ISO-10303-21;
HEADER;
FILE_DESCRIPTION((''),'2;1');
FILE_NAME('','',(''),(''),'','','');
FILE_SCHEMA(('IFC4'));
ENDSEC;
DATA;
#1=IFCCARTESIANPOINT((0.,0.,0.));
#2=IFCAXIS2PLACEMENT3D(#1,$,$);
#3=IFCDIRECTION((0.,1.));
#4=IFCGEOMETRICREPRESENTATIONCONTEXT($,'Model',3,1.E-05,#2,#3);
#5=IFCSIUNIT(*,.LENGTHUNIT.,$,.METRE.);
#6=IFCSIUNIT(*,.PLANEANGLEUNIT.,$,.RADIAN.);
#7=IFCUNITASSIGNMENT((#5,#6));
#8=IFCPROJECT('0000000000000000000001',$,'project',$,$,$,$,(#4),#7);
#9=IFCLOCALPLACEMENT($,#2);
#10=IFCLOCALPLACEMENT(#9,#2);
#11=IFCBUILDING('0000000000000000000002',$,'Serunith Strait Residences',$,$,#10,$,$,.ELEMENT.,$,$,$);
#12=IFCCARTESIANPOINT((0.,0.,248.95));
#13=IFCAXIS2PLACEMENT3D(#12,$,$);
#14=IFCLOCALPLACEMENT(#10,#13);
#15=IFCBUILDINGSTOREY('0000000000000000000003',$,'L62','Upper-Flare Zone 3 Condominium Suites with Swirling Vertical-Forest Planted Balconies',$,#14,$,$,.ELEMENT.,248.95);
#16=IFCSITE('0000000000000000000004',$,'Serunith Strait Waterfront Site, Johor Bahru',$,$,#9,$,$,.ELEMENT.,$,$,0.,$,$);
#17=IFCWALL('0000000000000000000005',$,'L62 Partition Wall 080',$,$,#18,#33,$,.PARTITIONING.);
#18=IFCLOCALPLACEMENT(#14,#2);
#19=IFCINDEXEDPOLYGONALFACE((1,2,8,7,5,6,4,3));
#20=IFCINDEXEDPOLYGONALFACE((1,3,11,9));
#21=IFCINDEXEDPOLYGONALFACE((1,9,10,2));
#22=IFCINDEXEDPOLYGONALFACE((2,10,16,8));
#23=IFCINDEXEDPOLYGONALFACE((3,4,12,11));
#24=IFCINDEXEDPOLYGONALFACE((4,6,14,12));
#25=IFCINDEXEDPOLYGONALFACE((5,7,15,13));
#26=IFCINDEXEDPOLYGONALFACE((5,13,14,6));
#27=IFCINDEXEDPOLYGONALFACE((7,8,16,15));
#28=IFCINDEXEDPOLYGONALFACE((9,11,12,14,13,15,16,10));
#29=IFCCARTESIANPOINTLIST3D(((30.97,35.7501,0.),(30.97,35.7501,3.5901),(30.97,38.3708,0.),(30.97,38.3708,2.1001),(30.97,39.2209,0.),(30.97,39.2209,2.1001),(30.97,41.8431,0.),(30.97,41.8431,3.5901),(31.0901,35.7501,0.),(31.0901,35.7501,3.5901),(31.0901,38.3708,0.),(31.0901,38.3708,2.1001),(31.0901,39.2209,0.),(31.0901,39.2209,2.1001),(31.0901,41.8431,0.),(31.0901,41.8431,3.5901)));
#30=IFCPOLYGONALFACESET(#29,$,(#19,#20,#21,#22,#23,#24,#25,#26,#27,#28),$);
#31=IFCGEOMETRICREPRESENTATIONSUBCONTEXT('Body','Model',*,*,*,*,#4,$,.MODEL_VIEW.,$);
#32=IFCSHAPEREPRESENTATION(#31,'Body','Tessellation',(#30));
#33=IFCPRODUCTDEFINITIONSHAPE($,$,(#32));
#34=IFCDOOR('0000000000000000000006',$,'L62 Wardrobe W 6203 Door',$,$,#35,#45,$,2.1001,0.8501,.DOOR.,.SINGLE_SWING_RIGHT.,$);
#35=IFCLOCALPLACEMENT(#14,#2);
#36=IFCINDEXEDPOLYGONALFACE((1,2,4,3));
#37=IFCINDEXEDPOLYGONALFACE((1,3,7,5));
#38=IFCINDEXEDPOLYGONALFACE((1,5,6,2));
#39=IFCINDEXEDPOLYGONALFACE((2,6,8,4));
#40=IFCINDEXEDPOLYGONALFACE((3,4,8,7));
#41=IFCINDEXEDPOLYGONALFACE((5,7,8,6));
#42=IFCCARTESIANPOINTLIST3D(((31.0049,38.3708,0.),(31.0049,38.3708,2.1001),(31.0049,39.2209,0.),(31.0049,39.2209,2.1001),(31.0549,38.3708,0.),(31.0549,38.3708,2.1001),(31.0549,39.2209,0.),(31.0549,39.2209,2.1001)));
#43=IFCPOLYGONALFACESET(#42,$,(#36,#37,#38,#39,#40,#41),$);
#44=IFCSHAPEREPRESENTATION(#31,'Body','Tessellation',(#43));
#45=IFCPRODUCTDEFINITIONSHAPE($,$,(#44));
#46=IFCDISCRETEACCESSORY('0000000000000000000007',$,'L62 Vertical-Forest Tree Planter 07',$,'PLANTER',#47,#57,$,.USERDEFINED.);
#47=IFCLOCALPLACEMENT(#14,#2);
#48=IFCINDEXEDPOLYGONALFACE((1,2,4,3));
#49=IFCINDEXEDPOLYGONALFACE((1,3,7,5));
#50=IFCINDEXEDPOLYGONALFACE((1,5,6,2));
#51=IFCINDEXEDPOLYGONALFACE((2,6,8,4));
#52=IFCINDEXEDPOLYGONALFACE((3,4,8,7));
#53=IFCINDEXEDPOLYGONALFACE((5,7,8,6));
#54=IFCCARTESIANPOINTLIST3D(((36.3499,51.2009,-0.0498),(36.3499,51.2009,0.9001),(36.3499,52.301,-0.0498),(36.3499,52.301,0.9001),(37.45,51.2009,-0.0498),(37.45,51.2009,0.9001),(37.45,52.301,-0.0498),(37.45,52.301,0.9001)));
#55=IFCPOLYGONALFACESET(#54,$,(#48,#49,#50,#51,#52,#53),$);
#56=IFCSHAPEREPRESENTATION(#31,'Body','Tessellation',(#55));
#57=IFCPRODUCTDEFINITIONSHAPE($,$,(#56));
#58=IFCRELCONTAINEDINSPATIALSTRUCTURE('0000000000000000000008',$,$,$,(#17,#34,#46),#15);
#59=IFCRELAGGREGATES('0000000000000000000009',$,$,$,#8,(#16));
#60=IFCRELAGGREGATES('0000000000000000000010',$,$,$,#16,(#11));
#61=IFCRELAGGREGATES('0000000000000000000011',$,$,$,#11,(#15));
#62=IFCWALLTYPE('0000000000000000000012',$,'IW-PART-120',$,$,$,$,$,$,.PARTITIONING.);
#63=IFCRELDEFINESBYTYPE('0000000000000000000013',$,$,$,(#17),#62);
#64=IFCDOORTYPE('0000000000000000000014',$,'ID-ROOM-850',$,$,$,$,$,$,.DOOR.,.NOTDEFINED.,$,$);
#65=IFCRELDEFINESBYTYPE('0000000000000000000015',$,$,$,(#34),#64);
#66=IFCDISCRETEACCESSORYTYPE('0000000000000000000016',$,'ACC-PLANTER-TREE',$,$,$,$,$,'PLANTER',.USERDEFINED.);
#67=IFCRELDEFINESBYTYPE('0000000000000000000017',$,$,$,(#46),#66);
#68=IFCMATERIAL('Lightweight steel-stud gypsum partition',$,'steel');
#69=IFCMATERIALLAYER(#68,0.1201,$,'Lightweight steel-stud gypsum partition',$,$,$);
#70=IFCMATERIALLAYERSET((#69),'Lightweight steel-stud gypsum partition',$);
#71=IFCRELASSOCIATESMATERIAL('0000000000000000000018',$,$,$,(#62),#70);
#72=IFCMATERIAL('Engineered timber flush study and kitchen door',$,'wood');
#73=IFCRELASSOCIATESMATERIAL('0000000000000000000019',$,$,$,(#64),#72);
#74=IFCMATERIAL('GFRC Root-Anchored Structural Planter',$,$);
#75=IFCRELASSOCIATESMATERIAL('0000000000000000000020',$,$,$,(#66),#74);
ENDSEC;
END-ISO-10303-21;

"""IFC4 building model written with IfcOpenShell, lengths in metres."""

from ifc_helpers import new_model, si_unit, direction, frame, frame_2d, origin, origin_2d, place, context, subcontext, project, spatial, rectangle, extrude, source, transform, mapped, material, layer, layer_set, type_object, element, fill, save


model = new_model("IFC4")

# Units and contexts
model_context = context("Model", 3, precision=1e-05, world=origin(), true_north=direction((0.0, 1.0)))
body_context = subcontext(model_context, "Body", "Model", "MODEL_VIEW")
ifc_project = project(units=[si_unit("LENGTHUNIT", "METRE"), si_unit("PLANEANGLEUNIT", "RADIAN")], contexts=[model_context])

# Site, building, storey
site_placement = place(None, origin())
site = spatial("IfcSite", under=ifc_project, at=site_placement, Name="Serunith Strait Waterfront Site, Johor Bahru", CompositionType="ELEMENT", RefElevation=0.0)
building_placement = place(site_placement, origin())
building = spatial("IfcBuilding", under=site, at=building_placement, Name="Serunith Strait Residences", CompositionType="ELEMENT")
storey_placement = place(building_placement, frame((0.0, 0.0, 248.95)))
storey = spatial("IfcBuildingStorey", under=building, at=storey_placement, Name="L62", Description="Upper-Flare Zone 3 Condominium Suites with Swirling Vertical-Forest Planted Balconies", CompositionType="ELEMENT", Elevation=248.95)

# Shared definitions
ifc_material_1 = material(Name="Lightweight steel-stud gypsum partition", Category="steel")
ifc_layer_1 = layer(ifc_material_1, 0.1201, Name="Lightweight steel-stud gypsum partition")
ifc_layer_set_1 = layer_set([ifc_layer_1], Name="Lightweight steel-stud gypsum partition")
wall_type_1 = type_object("IfcWallType", Name="IW-PART-120", PredefinedType="PARTITIONING", material=ifc_layer_set_1)

# Wall, opening, door
shared_shape_1 = source(origin(), body_context, "Body", "SweptSolid", [
    extrude(rectangle(XDim=0.8501, YDim=2.1001, at=frame_2d((0.425, 1.05))), frame((0.0, 0.0249, 0.0), z_axis=(0.0, -1.0, 0.0), x_axis=(1.0, 0.0, 0.0)), (0.0, 0.0, 1.0), 0.05),
])
wall_1_placement = place(storey_placement, frame((31.03, 41.843, 0.0), z_axis=(0.0, 0.0, 1.0), x_axis=(0.0, -1.0, 0.0)))
wall_1 = element("IfcWall", 1, at=wall_1_placement, inside=storey, type_object=wall_type_1, Name="L62 Partition Wall 080", PredefinedType="PARTITIONING", context=body_context, shape_type="SweptSolid", body=[
    extrude(rectangle(XDim=6.093, YDim=0.1201, at=frame_2d((3.0464, 0.0))), origin(), (0.0, 0.0, 1.0), 3.5901),
])
opening_1_placement = place(wall_1_placement, frame((2.6221, 0.0, 0.0)))
opening_1 = element("IfcOpeningElement", 2, at=opening_1_placement, cuts=wall_1, PredefinedType="OPENING", context=body_context, shape_type="SweptSolid", body=[
    extrude(rectangle(XDim=0.8501, YDim=2.1001, at=frame_2d((0.425, 1.05))), frame((0.0, 0.0701, 0.0), z_axis=(0.0, -1.0, 0.0), x_axis=(1.0, 0.0, 0.0)), (0.0, 0.0, 1.0), 0.1401),
])
ifc_material_2 = material(Name="Engineered timber flush study and kitchen door", Category="wood")
door_type_1 = type_object("IfcDoorType", Name="ID-ROOM-850", OperationType="NOTDEFINED", PredefinedType="DOOR", material=ifc_material_2)
door_1_placement = place(opening_1_placement, origin())
door_1 = element("IfcDoor", 3, at=door_1_placement, inside=storey, type_object=door_type_1, Name="L62 Wardrobe W 6203 Door", OperationType="SINGLE_SWING_RIGHT", OverallHeight=2.1001, OverallWidth=0.8501, PredefinedType="DOOR", context=body_context, shape_type="MappedRepresentation", body=[
    mapped(shared_shape_1, transform((0.0, 0.0, 0.0), scale=1.0)),
])
fill(opening_1, door_1)

# Discrete accessory
ifc_material_3 = material(Name="GFRC Root-Anchored Structural Planter")
discrete_accessory_type = type_object("IfcDiscreteAccessoryType", Name="ACC-PLANTER-TREE", ElementType="PLANTER", PredefinedType="USERDEFINED", material=ifc_material_3)
shared_shape_2 = source(origin(), body_context, "Body", "SweptSolid", [
    extrude(rectangle(XDim=1.1001, YDim=1.1001, at=origin_2d()), origin(), (0.0, 0.0, 1.0), 0.95),
])
discrete_accessory_placement = place(storey_placement, frame((36.8999, 51.751, -0.0498), z_axis=(0.0, 0.0, 1.0), x_axis=(-1.0, 0.0, 0.0)))
element("IfcDiscreteAccessory", 4, at=discrete_accessory_placement, inside=storey, type_object=discrete_accessory_type, Name="L62 Vertical-Forest Tree Planter 07", ObjectType="PLANTER", PredefinedType="USERDEFINED", context=body_context, shape_type="MappedRepresentation", body=[
    mapped(shared_shape_2, transform((0.0, 0.0, 0.0), scale=1.0)),
])

save(model, "model.ifc")
